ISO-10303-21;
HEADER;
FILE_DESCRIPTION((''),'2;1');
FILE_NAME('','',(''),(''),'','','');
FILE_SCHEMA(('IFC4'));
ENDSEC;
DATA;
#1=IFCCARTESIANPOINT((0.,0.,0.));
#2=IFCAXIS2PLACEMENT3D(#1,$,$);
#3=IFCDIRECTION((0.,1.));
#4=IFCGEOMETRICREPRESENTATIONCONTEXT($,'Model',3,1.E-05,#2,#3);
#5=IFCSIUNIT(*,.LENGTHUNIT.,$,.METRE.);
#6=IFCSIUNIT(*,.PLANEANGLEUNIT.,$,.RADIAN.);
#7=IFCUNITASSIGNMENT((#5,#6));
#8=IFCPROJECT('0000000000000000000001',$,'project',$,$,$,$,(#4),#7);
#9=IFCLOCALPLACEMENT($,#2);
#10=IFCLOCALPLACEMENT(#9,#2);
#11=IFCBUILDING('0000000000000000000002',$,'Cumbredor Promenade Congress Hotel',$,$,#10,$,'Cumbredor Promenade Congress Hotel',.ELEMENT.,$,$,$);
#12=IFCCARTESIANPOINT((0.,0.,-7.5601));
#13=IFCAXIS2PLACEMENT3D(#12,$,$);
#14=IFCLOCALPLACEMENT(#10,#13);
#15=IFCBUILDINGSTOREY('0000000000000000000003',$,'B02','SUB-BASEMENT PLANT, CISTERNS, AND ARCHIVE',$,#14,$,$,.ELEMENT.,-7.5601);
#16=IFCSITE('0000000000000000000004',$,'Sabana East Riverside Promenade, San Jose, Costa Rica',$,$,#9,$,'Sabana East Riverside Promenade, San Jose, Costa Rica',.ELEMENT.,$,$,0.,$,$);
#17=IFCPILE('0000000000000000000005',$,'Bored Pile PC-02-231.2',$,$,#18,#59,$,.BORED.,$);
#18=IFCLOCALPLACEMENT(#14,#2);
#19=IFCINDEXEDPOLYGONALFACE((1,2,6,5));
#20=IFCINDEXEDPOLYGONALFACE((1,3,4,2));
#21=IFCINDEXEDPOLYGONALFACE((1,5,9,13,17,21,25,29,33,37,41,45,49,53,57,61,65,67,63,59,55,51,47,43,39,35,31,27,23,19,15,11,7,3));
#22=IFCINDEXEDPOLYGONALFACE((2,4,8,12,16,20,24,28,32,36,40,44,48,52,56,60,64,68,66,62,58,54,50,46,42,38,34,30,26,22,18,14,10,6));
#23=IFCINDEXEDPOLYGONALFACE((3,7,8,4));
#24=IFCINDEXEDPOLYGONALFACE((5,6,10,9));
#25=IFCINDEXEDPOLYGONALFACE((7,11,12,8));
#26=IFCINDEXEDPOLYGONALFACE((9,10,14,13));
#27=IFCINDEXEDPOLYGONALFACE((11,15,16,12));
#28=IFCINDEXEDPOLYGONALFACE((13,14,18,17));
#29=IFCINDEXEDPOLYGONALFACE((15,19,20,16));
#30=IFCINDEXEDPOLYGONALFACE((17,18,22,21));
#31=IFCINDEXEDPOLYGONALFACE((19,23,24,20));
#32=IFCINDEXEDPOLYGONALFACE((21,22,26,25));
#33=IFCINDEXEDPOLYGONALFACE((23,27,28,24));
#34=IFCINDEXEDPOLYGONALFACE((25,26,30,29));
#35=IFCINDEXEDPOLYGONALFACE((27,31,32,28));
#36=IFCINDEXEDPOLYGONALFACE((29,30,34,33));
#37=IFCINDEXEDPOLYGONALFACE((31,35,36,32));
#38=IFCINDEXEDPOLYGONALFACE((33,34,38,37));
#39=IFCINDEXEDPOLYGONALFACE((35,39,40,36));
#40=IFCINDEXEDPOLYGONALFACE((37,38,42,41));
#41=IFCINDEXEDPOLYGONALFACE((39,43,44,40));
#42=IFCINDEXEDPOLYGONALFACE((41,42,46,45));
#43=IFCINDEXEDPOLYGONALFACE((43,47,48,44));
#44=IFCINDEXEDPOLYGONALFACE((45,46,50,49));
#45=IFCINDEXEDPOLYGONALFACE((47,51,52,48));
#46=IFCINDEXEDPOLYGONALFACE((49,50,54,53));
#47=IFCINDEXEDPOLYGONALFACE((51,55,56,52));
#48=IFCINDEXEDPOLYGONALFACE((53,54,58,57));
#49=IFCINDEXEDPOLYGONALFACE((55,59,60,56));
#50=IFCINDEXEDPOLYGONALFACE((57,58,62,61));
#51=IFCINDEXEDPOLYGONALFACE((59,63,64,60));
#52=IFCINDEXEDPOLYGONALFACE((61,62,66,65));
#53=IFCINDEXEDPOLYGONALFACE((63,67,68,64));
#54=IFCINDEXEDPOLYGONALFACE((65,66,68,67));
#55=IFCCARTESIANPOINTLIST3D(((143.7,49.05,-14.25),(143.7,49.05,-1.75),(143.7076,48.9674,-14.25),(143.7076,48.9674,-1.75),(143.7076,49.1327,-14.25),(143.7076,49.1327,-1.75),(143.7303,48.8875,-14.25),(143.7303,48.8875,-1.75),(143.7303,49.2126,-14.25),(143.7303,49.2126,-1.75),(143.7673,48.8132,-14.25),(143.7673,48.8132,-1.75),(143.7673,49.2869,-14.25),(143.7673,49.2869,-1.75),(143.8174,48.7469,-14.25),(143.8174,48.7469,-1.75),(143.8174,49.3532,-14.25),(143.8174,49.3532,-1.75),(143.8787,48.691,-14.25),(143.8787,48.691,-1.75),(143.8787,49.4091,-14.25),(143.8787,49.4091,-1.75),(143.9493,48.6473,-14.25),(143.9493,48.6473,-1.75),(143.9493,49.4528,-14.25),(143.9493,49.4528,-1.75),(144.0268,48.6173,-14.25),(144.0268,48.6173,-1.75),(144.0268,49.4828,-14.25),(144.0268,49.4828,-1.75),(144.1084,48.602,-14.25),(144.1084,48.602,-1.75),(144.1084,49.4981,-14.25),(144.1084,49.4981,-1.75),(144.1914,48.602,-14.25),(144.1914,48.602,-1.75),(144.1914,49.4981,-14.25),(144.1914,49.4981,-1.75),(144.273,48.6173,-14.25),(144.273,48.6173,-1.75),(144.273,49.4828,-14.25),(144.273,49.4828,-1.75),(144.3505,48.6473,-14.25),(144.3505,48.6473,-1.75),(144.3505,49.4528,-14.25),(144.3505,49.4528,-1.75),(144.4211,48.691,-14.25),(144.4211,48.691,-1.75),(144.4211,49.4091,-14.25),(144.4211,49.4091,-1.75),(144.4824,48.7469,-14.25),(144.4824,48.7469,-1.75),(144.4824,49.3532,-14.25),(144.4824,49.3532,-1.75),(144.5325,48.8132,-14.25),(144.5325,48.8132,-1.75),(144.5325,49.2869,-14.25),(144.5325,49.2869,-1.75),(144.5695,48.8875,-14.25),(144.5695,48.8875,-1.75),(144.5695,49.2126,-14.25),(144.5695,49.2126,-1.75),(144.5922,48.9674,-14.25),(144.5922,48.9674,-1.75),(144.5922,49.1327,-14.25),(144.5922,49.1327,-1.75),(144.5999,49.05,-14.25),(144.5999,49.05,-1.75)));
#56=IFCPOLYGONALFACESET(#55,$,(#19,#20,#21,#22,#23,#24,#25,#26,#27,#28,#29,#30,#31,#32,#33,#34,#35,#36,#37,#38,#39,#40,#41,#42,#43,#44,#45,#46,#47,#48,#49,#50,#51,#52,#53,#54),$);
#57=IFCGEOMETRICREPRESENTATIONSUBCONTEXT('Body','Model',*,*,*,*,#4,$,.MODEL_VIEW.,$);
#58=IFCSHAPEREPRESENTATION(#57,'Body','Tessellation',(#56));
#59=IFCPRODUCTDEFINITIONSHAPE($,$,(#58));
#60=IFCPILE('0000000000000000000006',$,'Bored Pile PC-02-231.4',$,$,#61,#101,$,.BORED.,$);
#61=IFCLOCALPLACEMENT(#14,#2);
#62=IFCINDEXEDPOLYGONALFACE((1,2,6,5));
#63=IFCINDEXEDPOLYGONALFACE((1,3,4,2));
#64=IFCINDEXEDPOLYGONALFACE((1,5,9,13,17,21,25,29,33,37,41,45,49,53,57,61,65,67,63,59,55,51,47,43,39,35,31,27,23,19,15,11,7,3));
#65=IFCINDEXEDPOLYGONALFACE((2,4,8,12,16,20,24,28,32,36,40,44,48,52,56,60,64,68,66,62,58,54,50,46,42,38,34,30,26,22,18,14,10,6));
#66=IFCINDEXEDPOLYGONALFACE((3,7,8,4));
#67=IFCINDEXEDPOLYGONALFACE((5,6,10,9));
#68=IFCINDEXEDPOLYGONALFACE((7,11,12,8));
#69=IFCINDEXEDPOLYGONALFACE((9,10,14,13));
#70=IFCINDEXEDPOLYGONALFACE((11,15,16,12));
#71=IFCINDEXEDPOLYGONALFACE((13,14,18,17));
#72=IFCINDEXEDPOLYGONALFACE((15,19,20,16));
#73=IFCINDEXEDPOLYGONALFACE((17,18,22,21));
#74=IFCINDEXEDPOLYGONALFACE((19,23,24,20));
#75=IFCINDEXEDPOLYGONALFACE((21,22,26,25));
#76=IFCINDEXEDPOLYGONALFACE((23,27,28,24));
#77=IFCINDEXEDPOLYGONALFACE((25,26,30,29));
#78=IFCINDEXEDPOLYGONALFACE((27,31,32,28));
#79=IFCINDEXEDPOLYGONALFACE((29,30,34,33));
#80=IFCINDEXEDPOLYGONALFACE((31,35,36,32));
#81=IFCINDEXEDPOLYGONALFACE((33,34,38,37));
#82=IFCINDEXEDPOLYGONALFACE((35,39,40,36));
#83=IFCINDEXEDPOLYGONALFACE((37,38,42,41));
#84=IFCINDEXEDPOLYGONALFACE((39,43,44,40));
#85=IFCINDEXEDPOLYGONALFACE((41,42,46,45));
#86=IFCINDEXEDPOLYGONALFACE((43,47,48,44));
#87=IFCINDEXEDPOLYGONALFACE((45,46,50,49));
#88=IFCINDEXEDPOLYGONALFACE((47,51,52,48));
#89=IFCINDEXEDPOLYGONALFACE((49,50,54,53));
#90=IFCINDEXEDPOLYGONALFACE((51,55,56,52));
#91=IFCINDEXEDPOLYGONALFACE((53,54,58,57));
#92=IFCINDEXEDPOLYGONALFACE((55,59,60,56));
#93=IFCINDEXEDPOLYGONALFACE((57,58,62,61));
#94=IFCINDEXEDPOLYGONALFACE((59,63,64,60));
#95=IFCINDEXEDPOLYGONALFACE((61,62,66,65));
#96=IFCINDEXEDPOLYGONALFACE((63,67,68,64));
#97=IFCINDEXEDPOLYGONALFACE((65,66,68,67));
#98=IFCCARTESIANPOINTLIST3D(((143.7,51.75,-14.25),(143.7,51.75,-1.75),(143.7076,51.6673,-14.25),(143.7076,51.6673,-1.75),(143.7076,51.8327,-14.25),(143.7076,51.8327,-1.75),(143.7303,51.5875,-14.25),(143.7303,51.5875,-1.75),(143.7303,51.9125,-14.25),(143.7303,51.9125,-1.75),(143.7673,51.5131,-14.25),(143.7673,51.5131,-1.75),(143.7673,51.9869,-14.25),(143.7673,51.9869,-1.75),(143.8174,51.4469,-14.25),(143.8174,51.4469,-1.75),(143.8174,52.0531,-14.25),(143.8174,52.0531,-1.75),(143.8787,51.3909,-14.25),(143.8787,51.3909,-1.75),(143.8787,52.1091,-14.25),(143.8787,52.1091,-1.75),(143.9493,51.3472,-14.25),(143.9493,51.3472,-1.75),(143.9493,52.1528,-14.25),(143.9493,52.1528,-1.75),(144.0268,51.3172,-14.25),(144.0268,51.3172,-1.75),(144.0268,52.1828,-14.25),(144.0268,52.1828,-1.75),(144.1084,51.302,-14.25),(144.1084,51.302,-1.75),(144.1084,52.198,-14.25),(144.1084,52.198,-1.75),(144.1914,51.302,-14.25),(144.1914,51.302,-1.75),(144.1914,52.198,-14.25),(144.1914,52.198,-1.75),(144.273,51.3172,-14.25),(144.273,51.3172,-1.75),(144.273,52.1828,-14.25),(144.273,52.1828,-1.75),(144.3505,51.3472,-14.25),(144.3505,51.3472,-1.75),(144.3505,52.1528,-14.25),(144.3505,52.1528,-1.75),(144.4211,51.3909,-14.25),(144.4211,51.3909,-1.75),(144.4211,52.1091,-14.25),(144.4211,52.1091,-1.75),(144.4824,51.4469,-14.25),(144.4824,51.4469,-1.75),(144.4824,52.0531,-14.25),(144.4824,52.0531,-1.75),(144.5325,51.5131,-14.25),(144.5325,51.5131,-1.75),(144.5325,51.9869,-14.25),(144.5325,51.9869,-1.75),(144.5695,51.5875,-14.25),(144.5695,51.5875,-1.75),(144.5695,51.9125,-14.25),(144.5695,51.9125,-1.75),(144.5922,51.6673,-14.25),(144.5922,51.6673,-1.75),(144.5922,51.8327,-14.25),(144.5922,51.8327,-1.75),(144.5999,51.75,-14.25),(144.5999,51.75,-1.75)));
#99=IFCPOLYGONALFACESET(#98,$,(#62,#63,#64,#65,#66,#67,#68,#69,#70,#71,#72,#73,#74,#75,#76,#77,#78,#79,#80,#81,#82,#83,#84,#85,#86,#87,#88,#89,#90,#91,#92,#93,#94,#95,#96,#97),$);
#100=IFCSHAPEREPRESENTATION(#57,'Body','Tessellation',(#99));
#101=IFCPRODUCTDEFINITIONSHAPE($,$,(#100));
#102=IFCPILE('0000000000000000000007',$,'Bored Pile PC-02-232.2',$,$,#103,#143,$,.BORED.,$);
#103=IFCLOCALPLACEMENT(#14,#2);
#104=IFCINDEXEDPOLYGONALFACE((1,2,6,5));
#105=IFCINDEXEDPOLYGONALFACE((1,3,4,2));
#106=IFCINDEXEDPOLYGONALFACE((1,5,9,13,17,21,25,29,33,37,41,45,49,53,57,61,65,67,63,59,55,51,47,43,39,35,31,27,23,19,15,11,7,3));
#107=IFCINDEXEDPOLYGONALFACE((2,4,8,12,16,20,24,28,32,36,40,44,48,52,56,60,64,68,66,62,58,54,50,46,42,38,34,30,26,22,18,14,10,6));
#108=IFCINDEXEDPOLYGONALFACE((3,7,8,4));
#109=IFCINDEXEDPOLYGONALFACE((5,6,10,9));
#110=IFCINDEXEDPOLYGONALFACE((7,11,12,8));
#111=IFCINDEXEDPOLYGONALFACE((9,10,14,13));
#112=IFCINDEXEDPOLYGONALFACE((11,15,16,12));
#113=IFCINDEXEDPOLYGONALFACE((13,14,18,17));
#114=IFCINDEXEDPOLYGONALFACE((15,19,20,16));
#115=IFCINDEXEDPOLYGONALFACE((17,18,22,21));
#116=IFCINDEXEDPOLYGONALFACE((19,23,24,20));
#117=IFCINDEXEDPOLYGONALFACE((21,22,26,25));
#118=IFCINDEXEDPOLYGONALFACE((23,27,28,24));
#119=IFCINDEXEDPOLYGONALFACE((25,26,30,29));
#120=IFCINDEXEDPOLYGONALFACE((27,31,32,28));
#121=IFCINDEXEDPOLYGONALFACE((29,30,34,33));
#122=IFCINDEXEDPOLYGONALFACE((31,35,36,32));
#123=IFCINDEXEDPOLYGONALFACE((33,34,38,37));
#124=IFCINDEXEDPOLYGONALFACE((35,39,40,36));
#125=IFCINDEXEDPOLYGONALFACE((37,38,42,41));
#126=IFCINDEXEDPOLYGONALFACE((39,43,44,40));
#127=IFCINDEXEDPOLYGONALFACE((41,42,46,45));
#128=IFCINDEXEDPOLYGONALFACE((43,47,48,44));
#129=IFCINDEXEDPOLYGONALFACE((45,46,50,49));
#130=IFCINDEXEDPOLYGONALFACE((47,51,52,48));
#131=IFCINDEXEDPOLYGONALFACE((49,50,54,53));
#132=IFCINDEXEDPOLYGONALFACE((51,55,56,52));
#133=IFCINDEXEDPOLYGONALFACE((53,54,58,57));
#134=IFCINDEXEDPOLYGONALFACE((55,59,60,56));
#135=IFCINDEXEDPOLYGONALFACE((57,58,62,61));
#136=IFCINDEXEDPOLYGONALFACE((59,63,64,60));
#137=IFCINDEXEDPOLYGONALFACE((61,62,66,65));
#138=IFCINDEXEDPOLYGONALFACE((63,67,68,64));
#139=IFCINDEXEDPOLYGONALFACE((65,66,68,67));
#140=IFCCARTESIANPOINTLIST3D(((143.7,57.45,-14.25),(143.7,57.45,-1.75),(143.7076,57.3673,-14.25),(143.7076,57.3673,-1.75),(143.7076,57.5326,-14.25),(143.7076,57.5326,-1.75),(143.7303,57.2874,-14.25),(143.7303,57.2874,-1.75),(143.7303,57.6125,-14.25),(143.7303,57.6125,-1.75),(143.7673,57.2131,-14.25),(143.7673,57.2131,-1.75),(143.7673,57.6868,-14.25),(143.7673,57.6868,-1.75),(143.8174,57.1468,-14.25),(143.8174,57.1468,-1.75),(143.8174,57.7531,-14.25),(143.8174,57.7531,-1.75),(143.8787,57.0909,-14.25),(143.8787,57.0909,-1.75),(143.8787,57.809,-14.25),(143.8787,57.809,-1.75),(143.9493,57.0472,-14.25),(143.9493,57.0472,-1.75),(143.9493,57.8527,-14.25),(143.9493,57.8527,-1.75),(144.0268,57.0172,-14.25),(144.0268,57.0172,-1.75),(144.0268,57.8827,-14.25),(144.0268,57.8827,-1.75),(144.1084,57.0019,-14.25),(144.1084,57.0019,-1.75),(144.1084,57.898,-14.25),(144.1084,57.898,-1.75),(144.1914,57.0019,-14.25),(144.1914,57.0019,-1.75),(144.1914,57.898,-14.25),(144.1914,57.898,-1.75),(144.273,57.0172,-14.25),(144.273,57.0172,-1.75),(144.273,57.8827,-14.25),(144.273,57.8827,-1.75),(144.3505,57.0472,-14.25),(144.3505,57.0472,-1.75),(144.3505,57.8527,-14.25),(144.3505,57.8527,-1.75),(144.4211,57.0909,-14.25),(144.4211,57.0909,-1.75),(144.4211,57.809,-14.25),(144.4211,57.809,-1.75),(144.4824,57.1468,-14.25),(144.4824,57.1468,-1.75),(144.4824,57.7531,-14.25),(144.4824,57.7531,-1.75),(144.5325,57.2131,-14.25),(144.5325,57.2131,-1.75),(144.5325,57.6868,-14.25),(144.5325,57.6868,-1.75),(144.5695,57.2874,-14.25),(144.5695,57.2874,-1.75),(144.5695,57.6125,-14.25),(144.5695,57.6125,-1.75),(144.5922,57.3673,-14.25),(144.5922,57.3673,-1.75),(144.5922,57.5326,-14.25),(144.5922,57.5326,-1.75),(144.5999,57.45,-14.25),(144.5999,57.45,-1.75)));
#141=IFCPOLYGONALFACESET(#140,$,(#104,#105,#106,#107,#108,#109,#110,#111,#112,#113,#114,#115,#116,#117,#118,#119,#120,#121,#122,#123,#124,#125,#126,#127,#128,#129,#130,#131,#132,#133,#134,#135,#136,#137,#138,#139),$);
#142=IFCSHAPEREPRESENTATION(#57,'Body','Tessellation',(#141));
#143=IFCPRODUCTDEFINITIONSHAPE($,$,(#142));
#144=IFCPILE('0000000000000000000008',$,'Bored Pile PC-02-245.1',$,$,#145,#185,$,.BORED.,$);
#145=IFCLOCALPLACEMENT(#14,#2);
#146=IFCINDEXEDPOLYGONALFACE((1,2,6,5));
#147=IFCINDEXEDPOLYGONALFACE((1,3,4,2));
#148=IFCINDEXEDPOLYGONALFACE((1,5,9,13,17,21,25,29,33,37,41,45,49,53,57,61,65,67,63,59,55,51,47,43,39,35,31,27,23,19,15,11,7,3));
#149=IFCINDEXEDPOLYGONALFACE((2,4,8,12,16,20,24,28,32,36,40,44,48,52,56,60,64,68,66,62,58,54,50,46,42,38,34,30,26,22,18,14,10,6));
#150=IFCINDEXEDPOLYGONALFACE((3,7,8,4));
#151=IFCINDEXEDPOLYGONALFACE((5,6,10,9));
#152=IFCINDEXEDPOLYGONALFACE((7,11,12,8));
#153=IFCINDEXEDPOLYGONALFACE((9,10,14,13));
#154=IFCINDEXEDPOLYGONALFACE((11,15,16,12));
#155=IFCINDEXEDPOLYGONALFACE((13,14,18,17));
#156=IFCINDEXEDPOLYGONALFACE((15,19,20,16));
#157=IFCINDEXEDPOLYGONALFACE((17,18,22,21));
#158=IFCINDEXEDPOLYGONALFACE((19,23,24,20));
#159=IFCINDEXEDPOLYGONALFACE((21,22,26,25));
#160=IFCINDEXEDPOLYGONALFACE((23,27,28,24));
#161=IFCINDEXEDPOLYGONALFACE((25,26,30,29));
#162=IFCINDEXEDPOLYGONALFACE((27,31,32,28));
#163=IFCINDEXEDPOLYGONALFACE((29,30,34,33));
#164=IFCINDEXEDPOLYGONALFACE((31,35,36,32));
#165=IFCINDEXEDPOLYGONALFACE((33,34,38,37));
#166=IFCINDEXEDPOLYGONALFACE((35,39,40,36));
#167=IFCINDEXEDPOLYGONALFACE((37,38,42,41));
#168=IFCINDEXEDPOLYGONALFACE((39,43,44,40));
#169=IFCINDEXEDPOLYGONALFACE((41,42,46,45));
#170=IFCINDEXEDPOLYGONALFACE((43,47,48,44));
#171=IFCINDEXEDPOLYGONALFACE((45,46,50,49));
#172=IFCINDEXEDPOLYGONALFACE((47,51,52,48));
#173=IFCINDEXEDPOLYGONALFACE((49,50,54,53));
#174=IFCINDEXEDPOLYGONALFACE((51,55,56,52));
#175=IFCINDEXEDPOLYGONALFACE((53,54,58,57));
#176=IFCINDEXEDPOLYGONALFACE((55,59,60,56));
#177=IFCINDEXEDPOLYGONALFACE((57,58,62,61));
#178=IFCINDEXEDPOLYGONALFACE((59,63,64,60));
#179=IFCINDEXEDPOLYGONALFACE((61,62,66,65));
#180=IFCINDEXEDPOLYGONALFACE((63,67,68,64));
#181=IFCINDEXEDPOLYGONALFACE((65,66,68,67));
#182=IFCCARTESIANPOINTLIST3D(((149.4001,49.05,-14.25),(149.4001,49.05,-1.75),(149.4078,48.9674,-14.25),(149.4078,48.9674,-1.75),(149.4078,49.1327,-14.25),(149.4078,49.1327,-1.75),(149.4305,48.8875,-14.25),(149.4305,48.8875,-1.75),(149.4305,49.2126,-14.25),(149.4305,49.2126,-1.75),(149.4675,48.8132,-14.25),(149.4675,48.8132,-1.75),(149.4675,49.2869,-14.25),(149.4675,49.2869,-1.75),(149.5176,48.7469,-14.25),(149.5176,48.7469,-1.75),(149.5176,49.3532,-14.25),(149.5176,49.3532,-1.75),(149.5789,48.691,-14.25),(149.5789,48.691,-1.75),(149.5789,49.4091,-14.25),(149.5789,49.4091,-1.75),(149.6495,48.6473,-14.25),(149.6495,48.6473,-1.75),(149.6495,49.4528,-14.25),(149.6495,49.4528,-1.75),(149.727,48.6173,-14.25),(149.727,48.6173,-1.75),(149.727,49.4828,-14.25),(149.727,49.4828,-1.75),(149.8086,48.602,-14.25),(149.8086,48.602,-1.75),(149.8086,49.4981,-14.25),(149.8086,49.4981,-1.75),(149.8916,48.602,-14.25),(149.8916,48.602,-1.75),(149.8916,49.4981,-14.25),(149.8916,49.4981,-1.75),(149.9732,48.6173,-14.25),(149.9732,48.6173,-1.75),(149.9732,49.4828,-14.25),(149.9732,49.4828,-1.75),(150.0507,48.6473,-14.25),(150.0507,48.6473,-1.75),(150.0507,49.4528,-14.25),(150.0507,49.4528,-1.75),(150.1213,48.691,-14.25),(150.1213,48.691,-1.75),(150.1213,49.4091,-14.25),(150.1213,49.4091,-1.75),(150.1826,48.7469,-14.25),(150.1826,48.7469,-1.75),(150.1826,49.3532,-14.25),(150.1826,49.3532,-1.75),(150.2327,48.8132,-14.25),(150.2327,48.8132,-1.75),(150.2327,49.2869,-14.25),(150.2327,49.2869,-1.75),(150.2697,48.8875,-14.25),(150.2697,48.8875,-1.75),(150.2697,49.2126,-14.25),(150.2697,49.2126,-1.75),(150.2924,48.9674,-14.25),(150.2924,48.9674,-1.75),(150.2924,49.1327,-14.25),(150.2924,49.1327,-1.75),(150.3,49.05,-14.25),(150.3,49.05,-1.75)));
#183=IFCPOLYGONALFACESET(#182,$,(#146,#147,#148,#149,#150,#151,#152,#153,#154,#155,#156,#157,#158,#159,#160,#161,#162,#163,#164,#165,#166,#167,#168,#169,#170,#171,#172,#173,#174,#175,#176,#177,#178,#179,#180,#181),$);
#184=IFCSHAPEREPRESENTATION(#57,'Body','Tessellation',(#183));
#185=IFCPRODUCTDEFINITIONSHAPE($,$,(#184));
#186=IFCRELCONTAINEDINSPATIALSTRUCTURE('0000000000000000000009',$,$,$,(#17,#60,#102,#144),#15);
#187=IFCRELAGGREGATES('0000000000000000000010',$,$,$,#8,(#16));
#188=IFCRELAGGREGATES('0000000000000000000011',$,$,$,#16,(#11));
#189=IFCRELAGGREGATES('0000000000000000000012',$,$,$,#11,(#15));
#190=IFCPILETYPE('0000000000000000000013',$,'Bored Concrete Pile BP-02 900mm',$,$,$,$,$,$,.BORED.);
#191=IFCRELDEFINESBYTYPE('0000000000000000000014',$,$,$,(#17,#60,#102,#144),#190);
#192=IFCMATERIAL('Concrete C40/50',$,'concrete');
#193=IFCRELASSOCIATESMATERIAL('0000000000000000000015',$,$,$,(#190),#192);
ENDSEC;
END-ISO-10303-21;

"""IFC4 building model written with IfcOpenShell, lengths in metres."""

from ifc_helpers import new_model, si_unit, direction, frame, origin, origin_2d, place, context, subcontext, project, spatial, circle, extrude, material, material_profile, profile_set, type_object, element, save


model = new_model("IFC4")

# Units and contexts
model_context = context("Model", 3, precision=1e-05, world=origin(), true_north=direction((0.0, 1.0)))
body_context = subcontext(model_context, "Body", "Model", "MODEL_VIEW")
ifc_project = project(units=[si_unit("LENGTHUNIT", "METRE"), si_unit("PLANEANGLEUNIT", "RADIAN")], contexts=[model_context])

# Site, building, storey
site_placement = place(None, origin())
site = spatial("IfcSite", under=ifc_project, at=site_placement, Name="Sabana East Riverside Promenade, San Jose, Costa Rica", LongName="Sabana East Riverside Promenade, San Jose, Costa Rica", CompositionType="ELEMENT", RefElevation=0.0)
building_placement = place(site_placement, origin())
building = spatial("IfcBuilding", under=site, at=building_placement, Name="Cumbredor Promenade Congress Hotel", LongName="Cumbredor Promenade Congress Hotel", CompositionType="ELEMENT")
storey_placement = place(building_placement, frame((0.0, 0.0, -7.5601)))
storey = spatial("IfcBuildingStorey", under=building, at=storey_placement, Name="B02", Description="SUB-BASEMENT PLANT, CISTERNS, AND ARCHIVE", CompositionType="ELEMENT", Elevation=-7.5601)

# Piles
ifc_material_1 = material(Name="Concrete C40/50", Category="concrete")
ifc_material_profile_1 = material_profile(ifc_material_1, circle(Radius=0.45, at=origin_2d()), Name="PILE D900")
ifc_profile_set_1 = profile_set([ifc_material_profile_1], Name="Concrete C40/50")
pile_type = type_object("IfcPileType", Name="Bored Concrete Pile BP-02 900mm", PredefinedType="BORED", material=ifc_profile_set_1)
for number, where, z_axis, x_axis, name in (
    (1, (144.1499, 49.05, -1.75), (0.0, 0.0, -1.0), (1.0, 0.0, 0.0), "Bored Pile PC-02-231.2"),
    (2, (144.1499, 51.75, -1.75), (0.0, 0.0, -1.0), (1.0, 0.0, 0.0), "Bored Pile PC-02-231.4"),
    (3, (144.1499, 57.45, -1.75), (0.0, 0.0, -1.0), (1.0, 0.0, 0.0), "Bored Pile PC-02-232.2"),
    (4, (149.8501, 49.05, -1.75), (0.0, 0.0, -1.0), (1.0, 0.0, 0.0), "Bored Pile PC-02-245.1"),
):
    element("IfcPile", number, at=place(storey_placement, frame(where, z_axis=z_axis, x_axis=x_axis)), inside=storey, type_object=pile_type, Name=name, PredefinedType="BORED", context=body_context, shape_type="SweptSolid", body=[
        extrude(circle(Radius=0.45, at=origin_2d()), origin(), (0.0, 0.0, 1.0), 12.5),
    ])

save(model, "model.ifc")
